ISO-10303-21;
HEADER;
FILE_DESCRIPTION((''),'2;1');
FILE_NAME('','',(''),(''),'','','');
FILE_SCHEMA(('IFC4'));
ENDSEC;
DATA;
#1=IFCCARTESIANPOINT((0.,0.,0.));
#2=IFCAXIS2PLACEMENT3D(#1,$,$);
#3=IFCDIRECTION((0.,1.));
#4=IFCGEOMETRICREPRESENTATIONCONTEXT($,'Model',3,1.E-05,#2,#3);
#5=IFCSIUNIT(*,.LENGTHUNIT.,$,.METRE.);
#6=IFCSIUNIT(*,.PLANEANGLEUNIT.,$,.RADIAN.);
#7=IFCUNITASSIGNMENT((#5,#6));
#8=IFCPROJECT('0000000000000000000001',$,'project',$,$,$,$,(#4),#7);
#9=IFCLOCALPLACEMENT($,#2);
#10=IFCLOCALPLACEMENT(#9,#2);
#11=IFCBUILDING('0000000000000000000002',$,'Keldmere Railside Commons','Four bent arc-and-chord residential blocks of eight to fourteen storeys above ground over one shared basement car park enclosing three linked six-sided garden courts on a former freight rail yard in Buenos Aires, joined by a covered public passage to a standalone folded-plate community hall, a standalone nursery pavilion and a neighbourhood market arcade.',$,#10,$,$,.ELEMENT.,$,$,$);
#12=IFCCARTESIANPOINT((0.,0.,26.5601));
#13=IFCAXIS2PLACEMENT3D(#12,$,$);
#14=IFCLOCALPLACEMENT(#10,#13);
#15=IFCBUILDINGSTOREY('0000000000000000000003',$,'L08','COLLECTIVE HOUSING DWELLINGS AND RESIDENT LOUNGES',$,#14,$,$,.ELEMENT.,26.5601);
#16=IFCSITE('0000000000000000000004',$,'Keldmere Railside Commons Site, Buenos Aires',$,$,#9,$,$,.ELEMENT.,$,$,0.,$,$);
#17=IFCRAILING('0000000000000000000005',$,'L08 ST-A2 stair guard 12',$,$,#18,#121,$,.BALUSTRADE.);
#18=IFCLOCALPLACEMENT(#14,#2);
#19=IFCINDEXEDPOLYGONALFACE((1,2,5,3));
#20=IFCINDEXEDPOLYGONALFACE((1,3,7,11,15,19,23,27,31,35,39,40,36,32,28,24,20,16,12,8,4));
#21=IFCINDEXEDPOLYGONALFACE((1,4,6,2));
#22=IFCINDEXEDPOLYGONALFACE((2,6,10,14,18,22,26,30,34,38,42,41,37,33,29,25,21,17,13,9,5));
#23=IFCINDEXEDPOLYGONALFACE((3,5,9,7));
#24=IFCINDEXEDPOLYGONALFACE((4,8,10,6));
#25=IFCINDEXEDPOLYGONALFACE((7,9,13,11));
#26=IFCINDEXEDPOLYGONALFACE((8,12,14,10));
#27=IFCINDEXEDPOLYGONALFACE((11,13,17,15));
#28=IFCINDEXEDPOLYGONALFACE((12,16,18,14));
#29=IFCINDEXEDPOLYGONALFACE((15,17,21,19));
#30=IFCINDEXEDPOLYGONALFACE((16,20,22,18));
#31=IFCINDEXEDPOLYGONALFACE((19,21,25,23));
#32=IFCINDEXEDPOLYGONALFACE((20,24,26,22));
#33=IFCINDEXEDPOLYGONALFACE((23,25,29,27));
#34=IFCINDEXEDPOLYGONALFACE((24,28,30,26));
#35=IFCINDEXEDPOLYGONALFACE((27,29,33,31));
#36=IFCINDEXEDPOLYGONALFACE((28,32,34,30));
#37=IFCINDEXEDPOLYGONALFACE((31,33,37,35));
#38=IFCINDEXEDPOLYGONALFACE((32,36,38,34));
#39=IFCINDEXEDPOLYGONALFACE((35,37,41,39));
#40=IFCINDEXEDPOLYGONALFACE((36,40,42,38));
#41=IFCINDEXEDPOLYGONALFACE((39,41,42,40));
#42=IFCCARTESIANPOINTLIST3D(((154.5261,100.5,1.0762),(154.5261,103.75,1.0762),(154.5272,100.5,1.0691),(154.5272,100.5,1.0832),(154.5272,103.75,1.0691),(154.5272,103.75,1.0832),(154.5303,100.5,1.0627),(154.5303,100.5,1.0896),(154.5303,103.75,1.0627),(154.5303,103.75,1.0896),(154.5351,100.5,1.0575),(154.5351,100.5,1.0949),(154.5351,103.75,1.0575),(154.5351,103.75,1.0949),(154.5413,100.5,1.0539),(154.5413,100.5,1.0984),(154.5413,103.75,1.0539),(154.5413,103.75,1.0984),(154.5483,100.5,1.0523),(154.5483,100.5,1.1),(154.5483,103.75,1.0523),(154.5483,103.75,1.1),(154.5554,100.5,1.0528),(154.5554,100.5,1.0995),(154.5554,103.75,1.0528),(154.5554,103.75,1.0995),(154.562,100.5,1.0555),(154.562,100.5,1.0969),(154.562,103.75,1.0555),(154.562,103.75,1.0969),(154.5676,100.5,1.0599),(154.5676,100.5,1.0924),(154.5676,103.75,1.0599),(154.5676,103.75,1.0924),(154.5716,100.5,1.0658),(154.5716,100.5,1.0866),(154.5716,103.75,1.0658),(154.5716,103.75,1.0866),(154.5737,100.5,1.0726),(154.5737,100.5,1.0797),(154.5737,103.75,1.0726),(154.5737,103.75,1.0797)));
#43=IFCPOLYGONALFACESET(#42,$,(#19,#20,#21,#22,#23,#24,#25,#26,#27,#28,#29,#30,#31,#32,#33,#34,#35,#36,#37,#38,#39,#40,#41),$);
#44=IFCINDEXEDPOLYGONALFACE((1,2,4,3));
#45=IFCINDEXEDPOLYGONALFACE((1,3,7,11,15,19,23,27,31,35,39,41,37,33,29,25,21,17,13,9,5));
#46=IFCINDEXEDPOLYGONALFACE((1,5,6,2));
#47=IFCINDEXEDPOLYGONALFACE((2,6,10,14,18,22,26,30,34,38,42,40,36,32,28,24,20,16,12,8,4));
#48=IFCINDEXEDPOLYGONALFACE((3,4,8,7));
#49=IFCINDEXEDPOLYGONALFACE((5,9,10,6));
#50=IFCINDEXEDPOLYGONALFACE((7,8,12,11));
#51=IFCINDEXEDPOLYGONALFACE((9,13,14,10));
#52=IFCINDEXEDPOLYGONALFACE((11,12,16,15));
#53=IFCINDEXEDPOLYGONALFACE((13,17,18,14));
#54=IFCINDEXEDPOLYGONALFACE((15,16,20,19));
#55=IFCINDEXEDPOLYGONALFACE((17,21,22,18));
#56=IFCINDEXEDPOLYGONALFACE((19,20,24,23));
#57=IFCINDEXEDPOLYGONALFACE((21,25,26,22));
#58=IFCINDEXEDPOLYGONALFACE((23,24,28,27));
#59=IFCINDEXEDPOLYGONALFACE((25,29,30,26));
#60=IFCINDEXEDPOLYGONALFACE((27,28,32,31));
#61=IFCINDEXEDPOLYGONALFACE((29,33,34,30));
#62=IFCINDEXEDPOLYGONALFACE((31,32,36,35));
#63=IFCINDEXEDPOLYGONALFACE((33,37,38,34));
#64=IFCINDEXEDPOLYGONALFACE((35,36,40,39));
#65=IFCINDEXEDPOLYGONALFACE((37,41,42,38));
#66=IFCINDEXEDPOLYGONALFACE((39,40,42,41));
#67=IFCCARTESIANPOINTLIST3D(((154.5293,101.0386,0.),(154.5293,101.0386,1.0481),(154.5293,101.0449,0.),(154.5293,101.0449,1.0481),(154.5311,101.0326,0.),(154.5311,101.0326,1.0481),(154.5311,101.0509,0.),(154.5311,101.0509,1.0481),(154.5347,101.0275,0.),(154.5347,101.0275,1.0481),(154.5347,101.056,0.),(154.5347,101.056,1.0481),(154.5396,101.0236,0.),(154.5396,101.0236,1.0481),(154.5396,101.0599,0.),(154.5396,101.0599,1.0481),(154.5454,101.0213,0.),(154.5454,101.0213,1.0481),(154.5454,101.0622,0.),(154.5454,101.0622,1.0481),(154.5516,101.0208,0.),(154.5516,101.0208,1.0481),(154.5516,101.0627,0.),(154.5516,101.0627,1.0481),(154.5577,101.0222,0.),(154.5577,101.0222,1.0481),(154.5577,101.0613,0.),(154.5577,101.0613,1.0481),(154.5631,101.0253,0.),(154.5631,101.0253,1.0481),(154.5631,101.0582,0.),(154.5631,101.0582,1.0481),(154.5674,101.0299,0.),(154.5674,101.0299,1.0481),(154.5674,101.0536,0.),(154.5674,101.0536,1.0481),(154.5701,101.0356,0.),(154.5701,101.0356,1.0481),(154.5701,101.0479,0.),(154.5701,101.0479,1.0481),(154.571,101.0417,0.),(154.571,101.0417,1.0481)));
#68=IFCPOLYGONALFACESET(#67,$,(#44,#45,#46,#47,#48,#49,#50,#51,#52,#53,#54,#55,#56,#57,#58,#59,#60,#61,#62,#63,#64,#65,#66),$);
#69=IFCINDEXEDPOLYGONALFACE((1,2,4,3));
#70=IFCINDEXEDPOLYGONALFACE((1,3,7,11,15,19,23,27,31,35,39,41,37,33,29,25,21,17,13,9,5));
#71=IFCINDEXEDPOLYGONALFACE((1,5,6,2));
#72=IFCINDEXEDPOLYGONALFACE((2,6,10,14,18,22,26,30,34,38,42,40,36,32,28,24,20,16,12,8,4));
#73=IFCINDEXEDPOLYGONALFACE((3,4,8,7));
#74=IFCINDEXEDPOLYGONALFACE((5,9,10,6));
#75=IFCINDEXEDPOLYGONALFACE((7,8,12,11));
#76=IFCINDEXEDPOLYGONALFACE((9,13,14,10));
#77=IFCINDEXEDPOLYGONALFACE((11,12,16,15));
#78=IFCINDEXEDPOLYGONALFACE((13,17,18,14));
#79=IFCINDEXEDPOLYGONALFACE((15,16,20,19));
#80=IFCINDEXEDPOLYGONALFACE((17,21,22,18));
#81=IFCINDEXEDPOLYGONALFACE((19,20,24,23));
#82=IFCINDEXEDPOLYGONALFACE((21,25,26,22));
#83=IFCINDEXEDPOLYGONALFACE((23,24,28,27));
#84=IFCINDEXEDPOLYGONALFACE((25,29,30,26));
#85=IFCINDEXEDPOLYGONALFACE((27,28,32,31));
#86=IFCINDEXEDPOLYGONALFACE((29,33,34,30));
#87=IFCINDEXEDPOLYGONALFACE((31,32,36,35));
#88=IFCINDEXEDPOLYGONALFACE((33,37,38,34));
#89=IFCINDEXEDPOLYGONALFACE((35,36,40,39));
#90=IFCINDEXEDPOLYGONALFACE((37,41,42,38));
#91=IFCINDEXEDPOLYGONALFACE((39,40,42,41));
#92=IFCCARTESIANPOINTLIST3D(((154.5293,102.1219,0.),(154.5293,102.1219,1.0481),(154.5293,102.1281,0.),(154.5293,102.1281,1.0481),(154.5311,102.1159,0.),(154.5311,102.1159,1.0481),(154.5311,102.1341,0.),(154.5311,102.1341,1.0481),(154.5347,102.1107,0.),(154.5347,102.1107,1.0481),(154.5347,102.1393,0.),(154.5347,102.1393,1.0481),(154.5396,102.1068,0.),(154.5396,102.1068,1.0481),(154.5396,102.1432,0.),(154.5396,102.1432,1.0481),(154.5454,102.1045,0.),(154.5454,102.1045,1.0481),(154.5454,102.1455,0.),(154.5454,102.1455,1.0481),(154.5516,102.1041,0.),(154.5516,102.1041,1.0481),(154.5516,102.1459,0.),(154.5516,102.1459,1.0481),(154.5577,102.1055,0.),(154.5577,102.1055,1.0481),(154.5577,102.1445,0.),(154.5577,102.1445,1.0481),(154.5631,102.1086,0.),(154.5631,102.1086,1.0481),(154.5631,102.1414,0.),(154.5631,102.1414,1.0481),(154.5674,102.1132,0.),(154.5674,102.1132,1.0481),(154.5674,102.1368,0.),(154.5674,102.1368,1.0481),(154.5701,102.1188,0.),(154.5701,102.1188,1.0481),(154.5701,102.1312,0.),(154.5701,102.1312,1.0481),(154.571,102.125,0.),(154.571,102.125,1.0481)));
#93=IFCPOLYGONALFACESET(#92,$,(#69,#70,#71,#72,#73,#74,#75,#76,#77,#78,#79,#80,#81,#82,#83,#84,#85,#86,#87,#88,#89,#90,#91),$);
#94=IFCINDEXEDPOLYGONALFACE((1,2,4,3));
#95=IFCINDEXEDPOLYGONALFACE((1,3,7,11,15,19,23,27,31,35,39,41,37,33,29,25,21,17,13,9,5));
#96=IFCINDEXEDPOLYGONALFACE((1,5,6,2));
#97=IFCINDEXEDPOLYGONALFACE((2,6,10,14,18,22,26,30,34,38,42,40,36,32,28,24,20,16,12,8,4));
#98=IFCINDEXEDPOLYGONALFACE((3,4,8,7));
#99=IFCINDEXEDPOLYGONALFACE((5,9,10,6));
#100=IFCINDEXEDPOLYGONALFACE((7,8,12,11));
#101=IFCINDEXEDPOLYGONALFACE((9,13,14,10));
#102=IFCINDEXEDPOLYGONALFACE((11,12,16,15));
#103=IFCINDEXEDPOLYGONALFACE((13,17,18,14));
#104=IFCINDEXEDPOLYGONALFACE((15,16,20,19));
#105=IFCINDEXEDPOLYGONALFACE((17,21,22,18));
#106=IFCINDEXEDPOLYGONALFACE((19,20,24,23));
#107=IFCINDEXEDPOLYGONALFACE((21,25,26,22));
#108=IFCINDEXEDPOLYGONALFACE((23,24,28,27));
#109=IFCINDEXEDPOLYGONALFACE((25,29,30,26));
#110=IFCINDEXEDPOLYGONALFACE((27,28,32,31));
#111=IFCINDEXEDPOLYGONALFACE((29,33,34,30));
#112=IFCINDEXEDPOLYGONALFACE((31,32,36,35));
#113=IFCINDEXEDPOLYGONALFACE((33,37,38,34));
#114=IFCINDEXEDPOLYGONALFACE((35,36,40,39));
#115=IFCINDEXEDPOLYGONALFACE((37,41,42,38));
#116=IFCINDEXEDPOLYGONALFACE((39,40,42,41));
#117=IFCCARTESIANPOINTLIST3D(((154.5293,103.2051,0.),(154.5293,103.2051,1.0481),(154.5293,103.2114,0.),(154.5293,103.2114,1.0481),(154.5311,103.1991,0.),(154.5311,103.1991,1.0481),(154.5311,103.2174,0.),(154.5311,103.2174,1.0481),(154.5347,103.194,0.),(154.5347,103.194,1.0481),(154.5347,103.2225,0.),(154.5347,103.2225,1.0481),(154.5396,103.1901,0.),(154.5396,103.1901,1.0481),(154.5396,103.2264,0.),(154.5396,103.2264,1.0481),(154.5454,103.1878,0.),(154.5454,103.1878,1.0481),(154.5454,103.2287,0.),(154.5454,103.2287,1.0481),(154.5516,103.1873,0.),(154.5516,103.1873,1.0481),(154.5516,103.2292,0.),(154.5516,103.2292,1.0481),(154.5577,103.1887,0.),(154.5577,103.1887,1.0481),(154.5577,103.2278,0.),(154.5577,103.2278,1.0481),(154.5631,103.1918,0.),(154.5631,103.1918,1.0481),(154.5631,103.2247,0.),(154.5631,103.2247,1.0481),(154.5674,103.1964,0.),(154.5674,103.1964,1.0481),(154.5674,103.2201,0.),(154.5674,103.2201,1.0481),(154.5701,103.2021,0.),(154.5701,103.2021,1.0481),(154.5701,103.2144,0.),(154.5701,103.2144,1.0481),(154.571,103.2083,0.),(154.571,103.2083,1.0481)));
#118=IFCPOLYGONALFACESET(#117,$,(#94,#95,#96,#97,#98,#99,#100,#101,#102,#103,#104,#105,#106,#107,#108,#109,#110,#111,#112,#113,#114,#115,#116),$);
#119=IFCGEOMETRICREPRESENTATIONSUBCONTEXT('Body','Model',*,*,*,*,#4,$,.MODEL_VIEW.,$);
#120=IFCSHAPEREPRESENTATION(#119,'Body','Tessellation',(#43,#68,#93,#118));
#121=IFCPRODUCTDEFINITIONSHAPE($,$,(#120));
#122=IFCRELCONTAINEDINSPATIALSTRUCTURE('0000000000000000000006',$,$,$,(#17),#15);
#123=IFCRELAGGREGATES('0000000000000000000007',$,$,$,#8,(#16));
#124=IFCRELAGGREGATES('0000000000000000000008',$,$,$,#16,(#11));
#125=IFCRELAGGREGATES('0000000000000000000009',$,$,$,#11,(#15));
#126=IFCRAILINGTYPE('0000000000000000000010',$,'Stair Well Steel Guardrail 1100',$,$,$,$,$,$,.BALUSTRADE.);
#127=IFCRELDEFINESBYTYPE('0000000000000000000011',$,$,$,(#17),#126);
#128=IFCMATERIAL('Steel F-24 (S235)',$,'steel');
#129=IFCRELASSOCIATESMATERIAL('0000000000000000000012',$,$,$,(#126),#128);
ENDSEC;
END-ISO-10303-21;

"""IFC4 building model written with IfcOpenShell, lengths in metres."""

from ifc_helpers import new_model, si_unit, direction, frame, origin, origin_2d, place, context, subcontext, project, spatial, circle, extrude, material, type_object, element, save


model = new_model("IFC4")

# Units and contexts
model_context = context("Model", 3, precision=1e-05, world=origin(), true_north=direction((0.0, 1.0)))
body_context = subcontext(model_context, "Body", "Model", "MODEL_VIEW")
ifc_project = project(units=[si_unit("LENGTHUNIT", "METRE"), si_unit("PLANEANGLEUNIT", "RADIAN")], contexts=[model_context])

# Site, building, storey
site_placement = place(None, origin())
site = spatial("IfcSite", under=ifc_project, at=site_placement, Name="Keldmere Railside Commons Site, Buenos Aires", CompositionType="ELEMENT", RefElevation=0.0)
building_placement = place(site_placement, origin())
building = spatial("IfcBuilding", under=site, at=building_placement, Name="Keldmere Railside Commons", Description="Four bent arc-and-chord residential blocks of eight to fourteen storeys above ground over one shared basement car park enclosing three linked six-sided garden courts on a former freight rail yard in Buenos Aires, joined by a covered public passage to a standalone folded-plate community hall, a standalone nursery pavilion and a neighbourhood market arcade.", CompositionType="ELEMENT")
storey_placement = place(building_placement, frame((0.0, 0.0, 26.5601)))
storey = spatial("IfcBuildingStorey", under=building, at=storey_placement, Name="L08", Description="COLLECTIVE HOUSING DWELLINGS AND RESIDENT LOUNGES", CompositionType="ELEMENT", Elevation=26.5601)

# Shared definitions
ifc_material_1 = material(Name="Steel F-24 (S235)", Category="steel")

# Railing
railing_type_1 = type_object("IfcRailingType", Name="Stair Well Steel Guardrail 1100", PredefinedType="BALUSTRADE", material=ifc_material_1)
railing_1_placement = place(storey_placement, frame((154.55, 100.5, 0.0)))
element("IfcRailing", 1, at=railing_1_placement, inside=storey, type_object=railing_type_1, Name="L08 ST-A2 stair guard 12", PredefinedType="BALUSTRADE", context=body_context, shape_type="SweptSolid", body=[
    extrude(circle(Radius=0.0239, at=origin_2d()), frame((0.0, 0.0, 1.0762), z_axis=(0.0, 1.0, 0.0), x_axis=(-1.0, 0.0, 0.0)), (0.0, 0.0, 1.0), 3.25),
    extrude(circle(Radius=0.021, at=origin_2d()), frame((0.0, 0.5417, 0.0)), (0.0, 0.0, 1.0), 1.0481),
    extrude(circle(Radius=0.021, at=origin_2d()), frame((0.0, 1.625, 0.0)), (0.0, 0.0, 1.0), 1.0481),
    extrude(circle(Radius=0.021, at=origin_2d()), frame((0.0, 2.7083, 0.0)), (0.0, 0.0, 1.0), 1.0481),
])

save(model, "model.ifc")
